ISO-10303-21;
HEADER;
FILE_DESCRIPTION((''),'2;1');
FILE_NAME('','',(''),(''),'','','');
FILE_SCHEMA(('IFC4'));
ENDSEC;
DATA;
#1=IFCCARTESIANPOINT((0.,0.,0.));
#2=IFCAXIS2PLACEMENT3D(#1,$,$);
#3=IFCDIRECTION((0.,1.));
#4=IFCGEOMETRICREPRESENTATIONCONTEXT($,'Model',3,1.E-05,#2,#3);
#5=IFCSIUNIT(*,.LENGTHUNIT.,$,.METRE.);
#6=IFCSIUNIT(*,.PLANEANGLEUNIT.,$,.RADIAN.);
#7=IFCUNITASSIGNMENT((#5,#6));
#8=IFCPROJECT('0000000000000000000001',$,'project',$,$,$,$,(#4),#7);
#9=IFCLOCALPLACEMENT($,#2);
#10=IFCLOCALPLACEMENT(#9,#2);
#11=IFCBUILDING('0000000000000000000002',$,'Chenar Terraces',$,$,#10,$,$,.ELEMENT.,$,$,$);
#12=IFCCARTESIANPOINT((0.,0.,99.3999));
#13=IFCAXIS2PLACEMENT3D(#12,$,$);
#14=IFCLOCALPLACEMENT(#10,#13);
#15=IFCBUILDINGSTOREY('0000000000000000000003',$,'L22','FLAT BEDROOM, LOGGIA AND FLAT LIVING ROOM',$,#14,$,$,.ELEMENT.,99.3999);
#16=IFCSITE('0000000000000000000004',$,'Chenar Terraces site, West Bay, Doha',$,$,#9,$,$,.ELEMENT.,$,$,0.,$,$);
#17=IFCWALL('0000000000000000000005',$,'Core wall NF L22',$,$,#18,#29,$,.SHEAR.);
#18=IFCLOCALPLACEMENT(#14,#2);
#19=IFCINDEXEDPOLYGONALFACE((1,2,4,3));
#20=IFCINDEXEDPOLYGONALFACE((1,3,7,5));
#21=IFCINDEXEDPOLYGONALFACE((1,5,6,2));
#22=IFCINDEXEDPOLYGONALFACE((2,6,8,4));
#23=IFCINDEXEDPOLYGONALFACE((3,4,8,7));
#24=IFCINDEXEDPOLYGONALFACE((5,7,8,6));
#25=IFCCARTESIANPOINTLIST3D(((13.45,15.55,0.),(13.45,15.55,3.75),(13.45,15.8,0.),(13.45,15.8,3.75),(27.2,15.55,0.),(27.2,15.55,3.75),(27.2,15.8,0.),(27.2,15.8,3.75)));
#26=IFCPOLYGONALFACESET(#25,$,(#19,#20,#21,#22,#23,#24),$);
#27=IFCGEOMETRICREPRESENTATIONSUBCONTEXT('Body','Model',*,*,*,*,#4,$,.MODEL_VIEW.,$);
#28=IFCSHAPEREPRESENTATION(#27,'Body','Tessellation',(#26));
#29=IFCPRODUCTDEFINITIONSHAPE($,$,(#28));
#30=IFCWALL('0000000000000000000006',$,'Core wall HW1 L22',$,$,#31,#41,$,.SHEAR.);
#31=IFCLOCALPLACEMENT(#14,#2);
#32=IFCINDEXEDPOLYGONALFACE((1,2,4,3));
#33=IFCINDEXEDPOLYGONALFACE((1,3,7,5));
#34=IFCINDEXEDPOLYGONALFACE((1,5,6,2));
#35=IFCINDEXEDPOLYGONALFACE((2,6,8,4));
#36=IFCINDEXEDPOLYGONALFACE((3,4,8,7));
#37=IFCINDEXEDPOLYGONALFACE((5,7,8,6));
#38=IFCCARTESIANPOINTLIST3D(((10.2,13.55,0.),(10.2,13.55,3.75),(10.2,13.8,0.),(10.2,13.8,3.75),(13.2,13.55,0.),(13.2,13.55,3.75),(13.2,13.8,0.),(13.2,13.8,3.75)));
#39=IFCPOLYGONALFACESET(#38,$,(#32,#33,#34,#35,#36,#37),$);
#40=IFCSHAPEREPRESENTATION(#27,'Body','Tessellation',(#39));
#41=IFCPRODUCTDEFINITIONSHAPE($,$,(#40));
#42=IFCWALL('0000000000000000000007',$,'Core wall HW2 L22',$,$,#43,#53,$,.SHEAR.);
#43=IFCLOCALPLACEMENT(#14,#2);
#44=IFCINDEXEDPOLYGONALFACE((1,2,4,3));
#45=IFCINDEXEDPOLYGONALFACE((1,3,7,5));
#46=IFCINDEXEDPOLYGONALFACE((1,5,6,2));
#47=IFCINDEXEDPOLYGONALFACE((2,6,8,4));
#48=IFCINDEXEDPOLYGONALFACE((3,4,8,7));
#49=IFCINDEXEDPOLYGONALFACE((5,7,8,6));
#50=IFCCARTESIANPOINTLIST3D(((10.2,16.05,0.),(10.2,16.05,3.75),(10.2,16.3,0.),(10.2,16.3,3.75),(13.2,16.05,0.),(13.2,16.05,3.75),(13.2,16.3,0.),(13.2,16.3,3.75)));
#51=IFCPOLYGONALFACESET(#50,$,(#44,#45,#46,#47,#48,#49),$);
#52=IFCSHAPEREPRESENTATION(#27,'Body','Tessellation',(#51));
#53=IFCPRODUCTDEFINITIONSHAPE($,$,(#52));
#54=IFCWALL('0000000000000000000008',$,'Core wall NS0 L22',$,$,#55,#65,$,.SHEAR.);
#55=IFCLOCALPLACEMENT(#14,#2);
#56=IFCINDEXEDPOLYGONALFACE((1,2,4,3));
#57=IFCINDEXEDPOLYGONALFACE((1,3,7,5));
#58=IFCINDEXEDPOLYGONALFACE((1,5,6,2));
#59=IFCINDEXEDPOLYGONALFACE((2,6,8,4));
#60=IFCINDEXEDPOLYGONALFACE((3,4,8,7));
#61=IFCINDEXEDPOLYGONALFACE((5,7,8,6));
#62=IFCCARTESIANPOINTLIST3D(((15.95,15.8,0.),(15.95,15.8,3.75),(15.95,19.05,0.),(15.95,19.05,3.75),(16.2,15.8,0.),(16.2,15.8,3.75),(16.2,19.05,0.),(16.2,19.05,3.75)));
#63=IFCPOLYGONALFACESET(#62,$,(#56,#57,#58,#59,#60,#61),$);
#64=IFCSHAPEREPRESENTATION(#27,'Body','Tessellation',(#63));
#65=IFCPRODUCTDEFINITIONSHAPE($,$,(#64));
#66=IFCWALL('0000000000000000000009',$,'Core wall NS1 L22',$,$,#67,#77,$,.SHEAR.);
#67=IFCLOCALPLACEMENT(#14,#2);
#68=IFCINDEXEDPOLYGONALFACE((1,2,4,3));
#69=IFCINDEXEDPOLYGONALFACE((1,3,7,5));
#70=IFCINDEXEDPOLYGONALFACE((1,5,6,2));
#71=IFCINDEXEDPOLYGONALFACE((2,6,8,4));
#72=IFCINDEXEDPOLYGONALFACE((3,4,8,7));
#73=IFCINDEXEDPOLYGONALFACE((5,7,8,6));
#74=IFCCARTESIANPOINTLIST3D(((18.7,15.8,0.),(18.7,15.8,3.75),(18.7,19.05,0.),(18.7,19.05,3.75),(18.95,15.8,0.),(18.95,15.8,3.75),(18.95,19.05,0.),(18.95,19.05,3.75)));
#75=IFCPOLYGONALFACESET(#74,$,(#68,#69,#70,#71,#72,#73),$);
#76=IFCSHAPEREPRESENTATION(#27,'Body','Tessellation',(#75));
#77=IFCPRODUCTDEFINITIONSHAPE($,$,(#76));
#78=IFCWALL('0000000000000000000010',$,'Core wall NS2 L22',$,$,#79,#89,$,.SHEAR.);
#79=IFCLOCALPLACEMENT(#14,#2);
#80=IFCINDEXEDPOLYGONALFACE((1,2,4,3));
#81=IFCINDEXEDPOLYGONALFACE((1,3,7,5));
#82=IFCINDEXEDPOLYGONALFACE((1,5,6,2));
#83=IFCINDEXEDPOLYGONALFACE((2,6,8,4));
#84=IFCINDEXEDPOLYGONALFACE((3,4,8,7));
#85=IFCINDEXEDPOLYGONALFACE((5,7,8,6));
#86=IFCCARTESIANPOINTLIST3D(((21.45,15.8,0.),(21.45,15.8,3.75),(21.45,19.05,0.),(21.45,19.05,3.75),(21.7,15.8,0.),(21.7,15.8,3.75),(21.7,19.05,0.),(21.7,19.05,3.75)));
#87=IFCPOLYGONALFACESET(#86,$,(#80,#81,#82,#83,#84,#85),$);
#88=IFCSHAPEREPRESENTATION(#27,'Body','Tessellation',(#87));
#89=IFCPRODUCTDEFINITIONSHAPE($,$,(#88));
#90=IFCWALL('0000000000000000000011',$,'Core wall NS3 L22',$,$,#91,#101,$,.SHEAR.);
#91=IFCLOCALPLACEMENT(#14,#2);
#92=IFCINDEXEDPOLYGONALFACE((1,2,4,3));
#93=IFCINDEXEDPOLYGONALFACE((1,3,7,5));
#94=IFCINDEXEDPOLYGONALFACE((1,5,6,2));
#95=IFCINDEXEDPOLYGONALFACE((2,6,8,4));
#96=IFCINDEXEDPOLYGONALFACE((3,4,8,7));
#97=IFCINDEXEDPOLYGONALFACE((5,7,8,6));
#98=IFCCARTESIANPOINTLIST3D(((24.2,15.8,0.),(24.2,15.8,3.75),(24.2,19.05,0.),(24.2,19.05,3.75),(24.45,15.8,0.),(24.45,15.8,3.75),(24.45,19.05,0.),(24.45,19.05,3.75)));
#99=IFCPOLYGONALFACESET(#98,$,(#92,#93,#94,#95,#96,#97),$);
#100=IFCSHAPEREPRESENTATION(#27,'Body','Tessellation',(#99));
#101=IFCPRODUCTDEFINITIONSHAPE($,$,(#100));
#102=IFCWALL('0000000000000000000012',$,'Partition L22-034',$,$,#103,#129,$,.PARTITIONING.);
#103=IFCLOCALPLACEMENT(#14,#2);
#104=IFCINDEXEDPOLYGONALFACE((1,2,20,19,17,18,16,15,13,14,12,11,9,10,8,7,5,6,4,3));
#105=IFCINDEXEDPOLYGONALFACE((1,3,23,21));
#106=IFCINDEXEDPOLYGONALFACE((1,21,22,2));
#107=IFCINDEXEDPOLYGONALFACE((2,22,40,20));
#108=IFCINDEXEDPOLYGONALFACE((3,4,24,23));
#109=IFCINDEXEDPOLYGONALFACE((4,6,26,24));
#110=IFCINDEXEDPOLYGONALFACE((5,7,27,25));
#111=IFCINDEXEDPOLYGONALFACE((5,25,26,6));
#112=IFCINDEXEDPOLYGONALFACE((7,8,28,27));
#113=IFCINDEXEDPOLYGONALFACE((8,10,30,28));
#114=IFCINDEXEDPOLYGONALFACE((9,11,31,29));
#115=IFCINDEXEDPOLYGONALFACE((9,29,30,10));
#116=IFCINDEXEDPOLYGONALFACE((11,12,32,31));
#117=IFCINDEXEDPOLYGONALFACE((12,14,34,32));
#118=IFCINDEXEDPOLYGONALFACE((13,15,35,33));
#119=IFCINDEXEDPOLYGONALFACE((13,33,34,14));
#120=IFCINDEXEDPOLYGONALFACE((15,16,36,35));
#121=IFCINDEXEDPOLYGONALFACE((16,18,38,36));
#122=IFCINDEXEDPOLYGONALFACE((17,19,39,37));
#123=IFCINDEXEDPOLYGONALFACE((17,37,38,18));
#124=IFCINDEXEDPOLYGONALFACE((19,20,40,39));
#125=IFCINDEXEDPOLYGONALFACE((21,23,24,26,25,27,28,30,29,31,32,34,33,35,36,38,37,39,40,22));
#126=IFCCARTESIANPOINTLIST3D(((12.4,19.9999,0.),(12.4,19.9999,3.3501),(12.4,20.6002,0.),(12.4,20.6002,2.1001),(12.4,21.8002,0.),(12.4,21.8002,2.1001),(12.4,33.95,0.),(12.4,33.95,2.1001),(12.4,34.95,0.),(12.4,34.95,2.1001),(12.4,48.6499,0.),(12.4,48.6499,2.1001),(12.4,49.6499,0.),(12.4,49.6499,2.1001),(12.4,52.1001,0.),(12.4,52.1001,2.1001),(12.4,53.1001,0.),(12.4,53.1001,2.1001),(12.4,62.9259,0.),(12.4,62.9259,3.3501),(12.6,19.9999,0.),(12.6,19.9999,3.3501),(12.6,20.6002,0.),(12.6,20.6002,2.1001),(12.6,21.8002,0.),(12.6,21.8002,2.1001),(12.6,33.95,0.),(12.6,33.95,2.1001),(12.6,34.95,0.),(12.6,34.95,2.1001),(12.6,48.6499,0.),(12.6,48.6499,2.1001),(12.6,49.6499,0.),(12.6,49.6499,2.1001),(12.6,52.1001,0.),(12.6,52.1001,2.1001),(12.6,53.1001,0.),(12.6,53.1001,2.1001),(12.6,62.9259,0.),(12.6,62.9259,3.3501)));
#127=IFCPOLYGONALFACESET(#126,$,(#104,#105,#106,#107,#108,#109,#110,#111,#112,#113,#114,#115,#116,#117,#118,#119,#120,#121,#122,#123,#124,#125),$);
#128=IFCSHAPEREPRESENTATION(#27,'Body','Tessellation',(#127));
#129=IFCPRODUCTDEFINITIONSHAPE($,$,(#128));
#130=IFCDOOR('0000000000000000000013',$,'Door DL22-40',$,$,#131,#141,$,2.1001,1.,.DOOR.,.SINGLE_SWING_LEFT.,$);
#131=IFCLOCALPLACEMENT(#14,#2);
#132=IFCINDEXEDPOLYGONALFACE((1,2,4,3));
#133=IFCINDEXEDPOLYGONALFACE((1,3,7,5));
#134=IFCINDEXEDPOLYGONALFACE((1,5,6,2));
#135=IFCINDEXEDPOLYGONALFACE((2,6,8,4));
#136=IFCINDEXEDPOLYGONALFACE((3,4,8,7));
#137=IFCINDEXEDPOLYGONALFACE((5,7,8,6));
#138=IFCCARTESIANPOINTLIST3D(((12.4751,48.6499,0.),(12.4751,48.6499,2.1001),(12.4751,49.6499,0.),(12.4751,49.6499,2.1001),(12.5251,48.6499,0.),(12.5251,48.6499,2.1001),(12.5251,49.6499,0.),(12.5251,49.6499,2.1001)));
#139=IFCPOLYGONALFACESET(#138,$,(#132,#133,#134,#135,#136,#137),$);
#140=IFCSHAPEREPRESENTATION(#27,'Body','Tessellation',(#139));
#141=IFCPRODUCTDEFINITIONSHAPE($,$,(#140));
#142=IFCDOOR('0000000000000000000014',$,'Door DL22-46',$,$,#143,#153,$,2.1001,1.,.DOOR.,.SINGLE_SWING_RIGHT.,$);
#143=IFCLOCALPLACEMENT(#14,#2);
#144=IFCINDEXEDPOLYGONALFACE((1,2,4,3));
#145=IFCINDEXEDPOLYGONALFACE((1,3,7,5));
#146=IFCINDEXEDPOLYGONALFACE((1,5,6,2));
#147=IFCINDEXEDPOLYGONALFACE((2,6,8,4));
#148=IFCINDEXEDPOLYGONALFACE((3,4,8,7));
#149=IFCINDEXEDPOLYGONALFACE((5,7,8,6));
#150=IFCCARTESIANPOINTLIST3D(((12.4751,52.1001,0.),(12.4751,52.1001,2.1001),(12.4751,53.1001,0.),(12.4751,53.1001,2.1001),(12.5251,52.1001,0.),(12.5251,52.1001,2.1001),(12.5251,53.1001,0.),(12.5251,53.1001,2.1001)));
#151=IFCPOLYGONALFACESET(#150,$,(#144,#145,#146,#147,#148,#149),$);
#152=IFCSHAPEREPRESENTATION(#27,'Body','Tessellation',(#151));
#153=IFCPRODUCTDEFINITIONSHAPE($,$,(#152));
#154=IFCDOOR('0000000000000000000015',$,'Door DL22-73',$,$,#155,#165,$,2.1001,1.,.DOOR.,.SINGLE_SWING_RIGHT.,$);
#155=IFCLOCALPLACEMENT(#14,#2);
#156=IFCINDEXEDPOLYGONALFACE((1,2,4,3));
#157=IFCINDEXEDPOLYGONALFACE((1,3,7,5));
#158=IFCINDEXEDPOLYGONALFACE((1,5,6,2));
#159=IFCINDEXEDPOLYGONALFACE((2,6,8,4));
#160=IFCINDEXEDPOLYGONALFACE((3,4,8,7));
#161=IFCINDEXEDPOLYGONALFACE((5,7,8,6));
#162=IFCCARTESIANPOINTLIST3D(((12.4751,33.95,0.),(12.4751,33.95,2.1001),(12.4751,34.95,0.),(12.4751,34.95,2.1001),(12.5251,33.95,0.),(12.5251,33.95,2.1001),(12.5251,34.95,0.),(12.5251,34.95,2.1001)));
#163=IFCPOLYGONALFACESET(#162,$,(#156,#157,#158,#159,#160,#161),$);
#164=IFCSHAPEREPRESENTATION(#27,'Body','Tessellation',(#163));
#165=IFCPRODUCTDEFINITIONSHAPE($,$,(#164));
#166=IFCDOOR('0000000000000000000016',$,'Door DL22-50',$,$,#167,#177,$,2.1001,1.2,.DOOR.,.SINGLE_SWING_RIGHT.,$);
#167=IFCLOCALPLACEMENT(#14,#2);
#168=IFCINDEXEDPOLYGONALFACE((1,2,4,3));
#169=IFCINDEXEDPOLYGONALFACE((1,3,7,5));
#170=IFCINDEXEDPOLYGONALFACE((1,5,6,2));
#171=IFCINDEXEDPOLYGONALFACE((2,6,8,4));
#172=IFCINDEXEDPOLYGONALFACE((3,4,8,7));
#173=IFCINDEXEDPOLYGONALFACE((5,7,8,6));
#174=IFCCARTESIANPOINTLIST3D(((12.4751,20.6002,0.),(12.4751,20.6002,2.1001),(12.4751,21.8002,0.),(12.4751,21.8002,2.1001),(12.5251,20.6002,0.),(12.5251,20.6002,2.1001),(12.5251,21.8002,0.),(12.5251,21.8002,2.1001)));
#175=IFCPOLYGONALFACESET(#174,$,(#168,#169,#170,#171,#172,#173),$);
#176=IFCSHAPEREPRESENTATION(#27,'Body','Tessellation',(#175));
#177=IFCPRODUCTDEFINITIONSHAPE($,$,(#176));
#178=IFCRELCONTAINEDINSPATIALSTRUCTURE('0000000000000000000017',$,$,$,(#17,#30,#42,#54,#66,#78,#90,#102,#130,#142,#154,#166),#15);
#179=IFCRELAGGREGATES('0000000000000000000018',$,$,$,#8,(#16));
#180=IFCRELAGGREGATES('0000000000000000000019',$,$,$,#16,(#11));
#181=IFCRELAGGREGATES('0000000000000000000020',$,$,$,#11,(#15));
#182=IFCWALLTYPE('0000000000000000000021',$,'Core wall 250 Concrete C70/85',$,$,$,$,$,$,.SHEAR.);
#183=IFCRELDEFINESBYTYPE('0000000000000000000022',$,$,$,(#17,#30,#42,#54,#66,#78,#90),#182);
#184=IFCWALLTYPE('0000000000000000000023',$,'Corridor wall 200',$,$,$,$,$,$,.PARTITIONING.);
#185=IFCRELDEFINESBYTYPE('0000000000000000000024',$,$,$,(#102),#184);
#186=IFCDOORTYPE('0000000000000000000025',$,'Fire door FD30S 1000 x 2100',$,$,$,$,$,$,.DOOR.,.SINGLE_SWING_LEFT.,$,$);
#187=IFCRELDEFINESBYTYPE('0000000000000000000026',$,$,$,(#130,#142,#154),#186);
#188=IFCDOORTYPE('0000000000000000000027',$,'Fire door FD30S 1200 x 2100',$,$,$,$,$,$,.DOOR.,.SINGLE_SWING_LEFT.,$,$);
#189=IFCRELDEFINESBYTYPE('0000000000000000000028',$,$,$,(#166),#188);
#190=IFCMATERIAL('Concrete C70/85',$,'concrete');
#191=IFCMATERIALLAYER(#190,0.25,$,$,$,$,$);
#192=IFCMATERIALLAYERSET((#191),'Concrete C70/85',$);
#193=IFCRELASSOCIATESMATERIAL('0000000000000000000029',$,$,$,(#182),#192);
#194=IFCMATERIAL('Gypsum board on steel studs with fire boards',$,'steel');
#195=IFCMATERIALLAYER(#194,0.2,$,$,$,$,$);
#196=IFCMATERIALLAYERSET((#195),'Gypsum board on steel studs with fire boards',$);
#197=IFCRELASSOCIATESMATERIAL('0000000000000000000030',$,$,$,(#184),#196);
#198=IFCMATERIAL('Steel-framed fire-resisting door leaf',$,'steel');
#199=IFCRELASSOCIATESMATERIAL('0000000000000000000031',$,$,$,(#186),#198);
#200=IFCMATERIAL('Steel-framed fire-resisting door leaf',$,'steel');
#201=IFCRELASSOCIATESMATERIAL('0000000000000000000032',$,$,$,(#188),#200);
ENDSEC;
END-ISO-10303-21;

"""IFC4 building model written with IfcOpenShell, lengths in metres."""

from ifc_helpers import new_model, si_unit, direction, frame, frame_2d, origin, place, context, subcontext, project, spatial, rectangle, extrude, material, layer, layer_set, type_object, element, fill, save


model = new_model("IFC4")

# Units and contexts
model_context = context("Model", 3, precision=1e-05, world=origin(), true_north=direction((0.0, 1.0)))
body_context = subcontext(model_context, "Body", "Model", "MODEL_VIEW")
ifc_project = project(units=[si_unit("LENGTHUNIT", "METRE"), si_unit("PLANEANGLEUNIT", "RADIAN")], contexts=[model_context])

# Site, building, storey
site_placement = place(None, origin())
site = spatial("IfcSite", under=ifc_project, at=site_placement, Name="Chenar Terraces site, West Bay, Doha", CompositionType="ELEMENT", RefElevation=0.0)
building_placement = place(site_placement, origin())
building = spatial("IfcBuilding", under=site, at=building_placement, Name="Chenar Terraces", CompositionType="ELEMENT")
storey_placement = place(building_placement, frame((0.0, 0.0, 99.3999)))
storey = spatial("IfcBuildingStorey", under=building, at=storey_placement, Name="L22", Description="FLAT BEDROOM, LOGGIA AND FLAT LIVING ROOM", CompositionType="ELEMENT", Elevation=99.3999)

# Walls
ifc_material_1 = material(Name="Concrete C70/85", Category="concrete")
ifc_layer_1 = layer(ifc_material_1, 0.25)
ifc_layer_set_1 = layer_set([ifc_layer_1], Name="Concrete C70/85")
wall_type_1 = type_object("IfcWallType", Name="Core wall 250 Concrete C70/85", PredefinedType="SHEAR", material=ifc_layer_set_1)
wall_1_placement = place(storey_placement, frame((13.45, 15.675, 0.0), z_axis=(0.0, 0.0, 1.0), x_axis=(1.0, 0.0, 0.0)))
element("IfcWall", 1, at=wall_1_placement, inside=storey, type_object=wall_type_1, Name="Core wall NF L22", PredefinedType="SHEAR", context=body_context, shape_type="SweptSolid", body=[
    extrude(rectangle(XDim=13.75, YDim=0.25, at=frame_2d((6.875, 0.0))), origin(), (0.0, 0.0, 1.0), 3.75),
])
for number, where, z_axis, x_axis, name in (
    (2, (10.2, 13.675, 0.0), (0.0, 0.0, 1.0), (1.0, 0.0, 0.0), "Core wall HW1 L22"),
    (3, (10.2, 16.175, 0.0), (0.0, 0.0, 1.0), (1.0, 0.0, 0.0), "Core wall HW2 L22"),
):
    element("IfcWall", number, at=place(storey_placement, frame(where, z_axis=z_axis, x_axis=x_axis)), inside=storey, type_object=wall_type_1, Name=name, PredefinedType="SHEAR", context=body_context, shape_type="SweptSolid", body=[
        extrude(rectangle(XDim=3.0, YDim=0.25, at=frame_2d((1.5, 0.0))), origin(), (0.0, 0.0, 1.0), 3.75),
    ])
for number, where, z_axis, x_axis, name in (
    (4, (16.075, 15.8, 0.0), (0.0, 0.0, 1.0), (0.0, 1.0, 0.0), "Core wall NS0 L22"),
    (5, (18.825, 15.8, 0.0), (0.0, 0.0, 1.0), (0.0, 1.0, 0.0), "Core wall NS1 L22"),
    (6, (21.575, 15.8, 0.0), (0.0, 0.0, 1.0), (0.0, 1.0, 0.0), "Core wall NS2 L22"),
    (7, (24.325, 15.8, 0.0), (0.0, 0.0, 1.0), (0.0, 1.0, 0.0), "Core wall NS3 L22"),
):
    element("IfcWall", number, at=place(storey_placement, frame(where, z_axis=z_axis, x_axis=x_axis)), inside=storey, type_object=wall_type_1, Name=name, PredefinedType="SHEAR", context=body_context, shape_type="SweptSolid", body=[
        extrude(rectangle(XDim=3.25, YDim=0.25, at=frame_2d((1.625, 0.0))), origin(), (0.0, 0.0, 1.0), 3.75),
    ])

# Wall, openings, doors
ifc_material_2 = material(Name="Gypsum board on steel studs with fire boards", Category="steel")
ifc_layer_2 = layer(ifc_material_2, 0.2)
ifc_layer_set_2 = layer_set([ifc_layer_2], Name="Gypsum board on steel studs with fire boards")
wall_type_2 = type_object("IfcWallType", Name="Corridor wall 200", PredefinedType="PARTITIONING", material=ifc_layer_set_2)
wall_2_placement = place(storey_placement, frame((12.5, 20.0, 0.0), z_axis=(0.0, 0.0, 1.0), x_axis=(0.0, 1.0, 0.0)))
wall_2 = element("IfcWall", 8, at=wall_2_placement, inside=storey, type_object=wall_type_2, Name="Partition L22-034", PredefinedType="PARTITIONING", context=body_context, shape_type="SweptSolid", body=[
    extrude(rectangle(XDim=42.926, YDim=0.2, at=frame_2d((21.4629, 0.0))), origin(), (0.0, 0.0, 1.0), 3.3501),
])
opening_1_placement = place(wall_2_placement, frame((28.6499, 0.0, 0.0)))
opening_1 = element("IfcOpeningElement", 9, at=opening_1_placement, cuts=wall_2, PredefinedType="OPENING", context=body_context, shape_type="SweptSolid", body=[
    extrude(rectangle(XDim=1.0, YDim=2.1001, at=frame_2d((0.5, 1.05))), frame((0.0, 0.1099, 0.0), z_axis=(0.0, -1.0, 0.0), x_axis=(1.0, 0.0, 0.0)), (0.0, 0.0, 1.0), 0.22),
])
opening_2_placement = place(wall_2_placement, frame((32.1001, 0.0, 0.0)))
opening_2 = element("IfcOpeningElement", 10, at=opening_2_placement, cuts=wall_2, PredefinedType="OPENING", context=body_context, shape_type="SweptSolid", body=[
    extrude(rectangle(XDim=1.0, YDim=2.1001, at=frame_2d((0.5, 1.05))), frame((0.0, 0.1099, 0.0), z_axis=(0.0, -1.0, 0.0), x_axis=(1.0, 0.0, 0.0)), (0.0, 0.0, 1.0), 0.22),
])
opening_3_placement = place(wall_2_placement, frame((0.6001, 0.0, 0.0)))
opening_3 = element("IfcOpeningElement", 11, at=opening_3_placement, cuts=wall_2, PredefinedType="OPENING", context=body_context, shape_type="SweptSolid", body=[
    extrude(rectangle(XDim=1.2, YDim=2.1001, at=frame_2d((0.6001, 1.05))), frame((0.0, 0.1099, 0.0), z_axis=(0.0, -1.0, 0.0), x_axis=(1.0, 0.0, 0.0)), (0.0, 0.0, 1.0), 0.22),
])
opening_4_placement = place(wall_2_placement, frame((13.95, 0.0, 0.0)))
opening_4 = element("IfcOpeningElement", 12, at=opening_4_placement, cuts=wall_2, PredefinedType="OPENING", context=body_context, shape_type="SweptSolid", body=[
    extrude(rectangle(XDim=1.0, YDim=2.1001, at=frame_2d((0.5, 1.05))), frame((0.0, 0.1099, 0.0), z_axis=(0.0, -1.0, 0.0), x_axis=(1.0, 0.0, 0.0)), (0.0, 0.0, 1.0), 0.22),
])
ifc_material_3 = material(Name="Steel-framed fire-resisting door leaf", Category="steel")
door_type_1 = type_object("IfcDoorType", Name="Fire door FD30S 1000 x 2100", OperationType="SINGLE_SWING_LEFT", PredefinedType="DOOR", material=ifc_material_3)
door_1_placement = place(opening_1_placement, origin())
door_1 = element("IfcDoor", 13, at=door_1_placement, inside=storey, type_object=door_type_1, Name="Door DL22-40", OperationType="SINGLE_SWING_LEFT", OverallHeight=2.1001, OverallWidth=1.0, PredefinedType="DOOR", context=body_context, shape_type="SweptSolid", body=[
    extrude(rectangle(XDim=1.0, YDim=2.1001, at=frame_2d((0.5, 1.05))), frame((0.0, 0.0249, 0.0), z_axis=(0.0, -1.0, 0.0), x_axis=(1.0, 0.0, 0.0)), (0.0, 0.0, 1.0), 0.05),
])
fill(opening_1, door_1)
door_2_placement = place(opening_2_placement, origin())
door_2 = element("IfcDoor", 14, at=door_2_placement, inside=storey, type_object=door_type_1, Name="Door DL22-46", OperationType="SINGLE_SWING_RIGHT", OverallHeight=2.1001, OverallWidth=1.0, PredefinedType="DOOR", context=body_context, shape_type="SweptSolid", body=[
    extrude(rectangle(XDim=1.0, YDim=2.1001, at=frame_2d((0.5, 1.05))), frame((0.0, 0.0249, 0.0), z_axis=(0.0, -1.0, 0.0), x_axis=(1.0, 0.0, 0.0)), (0.0, 0.0, 1.0), 0.05),
])
fill(opening_2, door_2)
door_3_placement = place(opening_4_placement, origin())
door_3 = element("IfcDoor", 15, at=door_3_placement, inside=storey, type_object=door_type_1, Name="Door DL22-73", OperationType="SINGLE_SWING_RIGHT", OverallHeight=2.1001, OverallWidth=1.0, PredefinedType="DOOR", context=body_context, shape_type="SweptSolid", body=[
    extrude(rectangle(XDim=1.0, YDim=2.1001, at=frame_2d((0.5, 1.05))), frame((0.0, 0.0249, 0.0), z_axis=(0.0, -1.0, 0.0), x_axis=(1.0, 0.0, 0.0)), (0.0, 0.0, 1.0), 0.05),
])
fill(opening_4, door_3)
ifc_material_4 = material(Name="Steel-framed fire-resisting door leaf", Category="steel")
door_type_2 = type_object("IfcDoorType", Name="Fire door FD30S 1200 x 2100", OperationType="SINGLE_SWING_LEFT", PredefinedType="DOOR", material=ifc_material_4)
door_4_placement = place(opening_3_placement, origin())
door_4 = element("IfcDoor", 16, at=door_4_placement, inside=storey, type_object=door_type_2, Name="Door DL22-50", OperationType="SINGLE_SWING_RIGHT", OverallHeight=2.1001, OverallWidth=1.2, PredefinedType="DOOR", context=body_context, shape_type="SweptSolid", body=[
    extrude(rectangle(XDim=1.2, YDim=2.1001, at=frame_2d((0.6001, 1.05))), frame((0.0, 0.0249, 0.0), z_axis=(0.0, -1.0, 0.0), x_axis=(1.0, 0.0, 0.0)), (0.0, 0.0, 1.0), 0.05),
])
fill(opening_3, door_4)

save(model, "model.ifc")
